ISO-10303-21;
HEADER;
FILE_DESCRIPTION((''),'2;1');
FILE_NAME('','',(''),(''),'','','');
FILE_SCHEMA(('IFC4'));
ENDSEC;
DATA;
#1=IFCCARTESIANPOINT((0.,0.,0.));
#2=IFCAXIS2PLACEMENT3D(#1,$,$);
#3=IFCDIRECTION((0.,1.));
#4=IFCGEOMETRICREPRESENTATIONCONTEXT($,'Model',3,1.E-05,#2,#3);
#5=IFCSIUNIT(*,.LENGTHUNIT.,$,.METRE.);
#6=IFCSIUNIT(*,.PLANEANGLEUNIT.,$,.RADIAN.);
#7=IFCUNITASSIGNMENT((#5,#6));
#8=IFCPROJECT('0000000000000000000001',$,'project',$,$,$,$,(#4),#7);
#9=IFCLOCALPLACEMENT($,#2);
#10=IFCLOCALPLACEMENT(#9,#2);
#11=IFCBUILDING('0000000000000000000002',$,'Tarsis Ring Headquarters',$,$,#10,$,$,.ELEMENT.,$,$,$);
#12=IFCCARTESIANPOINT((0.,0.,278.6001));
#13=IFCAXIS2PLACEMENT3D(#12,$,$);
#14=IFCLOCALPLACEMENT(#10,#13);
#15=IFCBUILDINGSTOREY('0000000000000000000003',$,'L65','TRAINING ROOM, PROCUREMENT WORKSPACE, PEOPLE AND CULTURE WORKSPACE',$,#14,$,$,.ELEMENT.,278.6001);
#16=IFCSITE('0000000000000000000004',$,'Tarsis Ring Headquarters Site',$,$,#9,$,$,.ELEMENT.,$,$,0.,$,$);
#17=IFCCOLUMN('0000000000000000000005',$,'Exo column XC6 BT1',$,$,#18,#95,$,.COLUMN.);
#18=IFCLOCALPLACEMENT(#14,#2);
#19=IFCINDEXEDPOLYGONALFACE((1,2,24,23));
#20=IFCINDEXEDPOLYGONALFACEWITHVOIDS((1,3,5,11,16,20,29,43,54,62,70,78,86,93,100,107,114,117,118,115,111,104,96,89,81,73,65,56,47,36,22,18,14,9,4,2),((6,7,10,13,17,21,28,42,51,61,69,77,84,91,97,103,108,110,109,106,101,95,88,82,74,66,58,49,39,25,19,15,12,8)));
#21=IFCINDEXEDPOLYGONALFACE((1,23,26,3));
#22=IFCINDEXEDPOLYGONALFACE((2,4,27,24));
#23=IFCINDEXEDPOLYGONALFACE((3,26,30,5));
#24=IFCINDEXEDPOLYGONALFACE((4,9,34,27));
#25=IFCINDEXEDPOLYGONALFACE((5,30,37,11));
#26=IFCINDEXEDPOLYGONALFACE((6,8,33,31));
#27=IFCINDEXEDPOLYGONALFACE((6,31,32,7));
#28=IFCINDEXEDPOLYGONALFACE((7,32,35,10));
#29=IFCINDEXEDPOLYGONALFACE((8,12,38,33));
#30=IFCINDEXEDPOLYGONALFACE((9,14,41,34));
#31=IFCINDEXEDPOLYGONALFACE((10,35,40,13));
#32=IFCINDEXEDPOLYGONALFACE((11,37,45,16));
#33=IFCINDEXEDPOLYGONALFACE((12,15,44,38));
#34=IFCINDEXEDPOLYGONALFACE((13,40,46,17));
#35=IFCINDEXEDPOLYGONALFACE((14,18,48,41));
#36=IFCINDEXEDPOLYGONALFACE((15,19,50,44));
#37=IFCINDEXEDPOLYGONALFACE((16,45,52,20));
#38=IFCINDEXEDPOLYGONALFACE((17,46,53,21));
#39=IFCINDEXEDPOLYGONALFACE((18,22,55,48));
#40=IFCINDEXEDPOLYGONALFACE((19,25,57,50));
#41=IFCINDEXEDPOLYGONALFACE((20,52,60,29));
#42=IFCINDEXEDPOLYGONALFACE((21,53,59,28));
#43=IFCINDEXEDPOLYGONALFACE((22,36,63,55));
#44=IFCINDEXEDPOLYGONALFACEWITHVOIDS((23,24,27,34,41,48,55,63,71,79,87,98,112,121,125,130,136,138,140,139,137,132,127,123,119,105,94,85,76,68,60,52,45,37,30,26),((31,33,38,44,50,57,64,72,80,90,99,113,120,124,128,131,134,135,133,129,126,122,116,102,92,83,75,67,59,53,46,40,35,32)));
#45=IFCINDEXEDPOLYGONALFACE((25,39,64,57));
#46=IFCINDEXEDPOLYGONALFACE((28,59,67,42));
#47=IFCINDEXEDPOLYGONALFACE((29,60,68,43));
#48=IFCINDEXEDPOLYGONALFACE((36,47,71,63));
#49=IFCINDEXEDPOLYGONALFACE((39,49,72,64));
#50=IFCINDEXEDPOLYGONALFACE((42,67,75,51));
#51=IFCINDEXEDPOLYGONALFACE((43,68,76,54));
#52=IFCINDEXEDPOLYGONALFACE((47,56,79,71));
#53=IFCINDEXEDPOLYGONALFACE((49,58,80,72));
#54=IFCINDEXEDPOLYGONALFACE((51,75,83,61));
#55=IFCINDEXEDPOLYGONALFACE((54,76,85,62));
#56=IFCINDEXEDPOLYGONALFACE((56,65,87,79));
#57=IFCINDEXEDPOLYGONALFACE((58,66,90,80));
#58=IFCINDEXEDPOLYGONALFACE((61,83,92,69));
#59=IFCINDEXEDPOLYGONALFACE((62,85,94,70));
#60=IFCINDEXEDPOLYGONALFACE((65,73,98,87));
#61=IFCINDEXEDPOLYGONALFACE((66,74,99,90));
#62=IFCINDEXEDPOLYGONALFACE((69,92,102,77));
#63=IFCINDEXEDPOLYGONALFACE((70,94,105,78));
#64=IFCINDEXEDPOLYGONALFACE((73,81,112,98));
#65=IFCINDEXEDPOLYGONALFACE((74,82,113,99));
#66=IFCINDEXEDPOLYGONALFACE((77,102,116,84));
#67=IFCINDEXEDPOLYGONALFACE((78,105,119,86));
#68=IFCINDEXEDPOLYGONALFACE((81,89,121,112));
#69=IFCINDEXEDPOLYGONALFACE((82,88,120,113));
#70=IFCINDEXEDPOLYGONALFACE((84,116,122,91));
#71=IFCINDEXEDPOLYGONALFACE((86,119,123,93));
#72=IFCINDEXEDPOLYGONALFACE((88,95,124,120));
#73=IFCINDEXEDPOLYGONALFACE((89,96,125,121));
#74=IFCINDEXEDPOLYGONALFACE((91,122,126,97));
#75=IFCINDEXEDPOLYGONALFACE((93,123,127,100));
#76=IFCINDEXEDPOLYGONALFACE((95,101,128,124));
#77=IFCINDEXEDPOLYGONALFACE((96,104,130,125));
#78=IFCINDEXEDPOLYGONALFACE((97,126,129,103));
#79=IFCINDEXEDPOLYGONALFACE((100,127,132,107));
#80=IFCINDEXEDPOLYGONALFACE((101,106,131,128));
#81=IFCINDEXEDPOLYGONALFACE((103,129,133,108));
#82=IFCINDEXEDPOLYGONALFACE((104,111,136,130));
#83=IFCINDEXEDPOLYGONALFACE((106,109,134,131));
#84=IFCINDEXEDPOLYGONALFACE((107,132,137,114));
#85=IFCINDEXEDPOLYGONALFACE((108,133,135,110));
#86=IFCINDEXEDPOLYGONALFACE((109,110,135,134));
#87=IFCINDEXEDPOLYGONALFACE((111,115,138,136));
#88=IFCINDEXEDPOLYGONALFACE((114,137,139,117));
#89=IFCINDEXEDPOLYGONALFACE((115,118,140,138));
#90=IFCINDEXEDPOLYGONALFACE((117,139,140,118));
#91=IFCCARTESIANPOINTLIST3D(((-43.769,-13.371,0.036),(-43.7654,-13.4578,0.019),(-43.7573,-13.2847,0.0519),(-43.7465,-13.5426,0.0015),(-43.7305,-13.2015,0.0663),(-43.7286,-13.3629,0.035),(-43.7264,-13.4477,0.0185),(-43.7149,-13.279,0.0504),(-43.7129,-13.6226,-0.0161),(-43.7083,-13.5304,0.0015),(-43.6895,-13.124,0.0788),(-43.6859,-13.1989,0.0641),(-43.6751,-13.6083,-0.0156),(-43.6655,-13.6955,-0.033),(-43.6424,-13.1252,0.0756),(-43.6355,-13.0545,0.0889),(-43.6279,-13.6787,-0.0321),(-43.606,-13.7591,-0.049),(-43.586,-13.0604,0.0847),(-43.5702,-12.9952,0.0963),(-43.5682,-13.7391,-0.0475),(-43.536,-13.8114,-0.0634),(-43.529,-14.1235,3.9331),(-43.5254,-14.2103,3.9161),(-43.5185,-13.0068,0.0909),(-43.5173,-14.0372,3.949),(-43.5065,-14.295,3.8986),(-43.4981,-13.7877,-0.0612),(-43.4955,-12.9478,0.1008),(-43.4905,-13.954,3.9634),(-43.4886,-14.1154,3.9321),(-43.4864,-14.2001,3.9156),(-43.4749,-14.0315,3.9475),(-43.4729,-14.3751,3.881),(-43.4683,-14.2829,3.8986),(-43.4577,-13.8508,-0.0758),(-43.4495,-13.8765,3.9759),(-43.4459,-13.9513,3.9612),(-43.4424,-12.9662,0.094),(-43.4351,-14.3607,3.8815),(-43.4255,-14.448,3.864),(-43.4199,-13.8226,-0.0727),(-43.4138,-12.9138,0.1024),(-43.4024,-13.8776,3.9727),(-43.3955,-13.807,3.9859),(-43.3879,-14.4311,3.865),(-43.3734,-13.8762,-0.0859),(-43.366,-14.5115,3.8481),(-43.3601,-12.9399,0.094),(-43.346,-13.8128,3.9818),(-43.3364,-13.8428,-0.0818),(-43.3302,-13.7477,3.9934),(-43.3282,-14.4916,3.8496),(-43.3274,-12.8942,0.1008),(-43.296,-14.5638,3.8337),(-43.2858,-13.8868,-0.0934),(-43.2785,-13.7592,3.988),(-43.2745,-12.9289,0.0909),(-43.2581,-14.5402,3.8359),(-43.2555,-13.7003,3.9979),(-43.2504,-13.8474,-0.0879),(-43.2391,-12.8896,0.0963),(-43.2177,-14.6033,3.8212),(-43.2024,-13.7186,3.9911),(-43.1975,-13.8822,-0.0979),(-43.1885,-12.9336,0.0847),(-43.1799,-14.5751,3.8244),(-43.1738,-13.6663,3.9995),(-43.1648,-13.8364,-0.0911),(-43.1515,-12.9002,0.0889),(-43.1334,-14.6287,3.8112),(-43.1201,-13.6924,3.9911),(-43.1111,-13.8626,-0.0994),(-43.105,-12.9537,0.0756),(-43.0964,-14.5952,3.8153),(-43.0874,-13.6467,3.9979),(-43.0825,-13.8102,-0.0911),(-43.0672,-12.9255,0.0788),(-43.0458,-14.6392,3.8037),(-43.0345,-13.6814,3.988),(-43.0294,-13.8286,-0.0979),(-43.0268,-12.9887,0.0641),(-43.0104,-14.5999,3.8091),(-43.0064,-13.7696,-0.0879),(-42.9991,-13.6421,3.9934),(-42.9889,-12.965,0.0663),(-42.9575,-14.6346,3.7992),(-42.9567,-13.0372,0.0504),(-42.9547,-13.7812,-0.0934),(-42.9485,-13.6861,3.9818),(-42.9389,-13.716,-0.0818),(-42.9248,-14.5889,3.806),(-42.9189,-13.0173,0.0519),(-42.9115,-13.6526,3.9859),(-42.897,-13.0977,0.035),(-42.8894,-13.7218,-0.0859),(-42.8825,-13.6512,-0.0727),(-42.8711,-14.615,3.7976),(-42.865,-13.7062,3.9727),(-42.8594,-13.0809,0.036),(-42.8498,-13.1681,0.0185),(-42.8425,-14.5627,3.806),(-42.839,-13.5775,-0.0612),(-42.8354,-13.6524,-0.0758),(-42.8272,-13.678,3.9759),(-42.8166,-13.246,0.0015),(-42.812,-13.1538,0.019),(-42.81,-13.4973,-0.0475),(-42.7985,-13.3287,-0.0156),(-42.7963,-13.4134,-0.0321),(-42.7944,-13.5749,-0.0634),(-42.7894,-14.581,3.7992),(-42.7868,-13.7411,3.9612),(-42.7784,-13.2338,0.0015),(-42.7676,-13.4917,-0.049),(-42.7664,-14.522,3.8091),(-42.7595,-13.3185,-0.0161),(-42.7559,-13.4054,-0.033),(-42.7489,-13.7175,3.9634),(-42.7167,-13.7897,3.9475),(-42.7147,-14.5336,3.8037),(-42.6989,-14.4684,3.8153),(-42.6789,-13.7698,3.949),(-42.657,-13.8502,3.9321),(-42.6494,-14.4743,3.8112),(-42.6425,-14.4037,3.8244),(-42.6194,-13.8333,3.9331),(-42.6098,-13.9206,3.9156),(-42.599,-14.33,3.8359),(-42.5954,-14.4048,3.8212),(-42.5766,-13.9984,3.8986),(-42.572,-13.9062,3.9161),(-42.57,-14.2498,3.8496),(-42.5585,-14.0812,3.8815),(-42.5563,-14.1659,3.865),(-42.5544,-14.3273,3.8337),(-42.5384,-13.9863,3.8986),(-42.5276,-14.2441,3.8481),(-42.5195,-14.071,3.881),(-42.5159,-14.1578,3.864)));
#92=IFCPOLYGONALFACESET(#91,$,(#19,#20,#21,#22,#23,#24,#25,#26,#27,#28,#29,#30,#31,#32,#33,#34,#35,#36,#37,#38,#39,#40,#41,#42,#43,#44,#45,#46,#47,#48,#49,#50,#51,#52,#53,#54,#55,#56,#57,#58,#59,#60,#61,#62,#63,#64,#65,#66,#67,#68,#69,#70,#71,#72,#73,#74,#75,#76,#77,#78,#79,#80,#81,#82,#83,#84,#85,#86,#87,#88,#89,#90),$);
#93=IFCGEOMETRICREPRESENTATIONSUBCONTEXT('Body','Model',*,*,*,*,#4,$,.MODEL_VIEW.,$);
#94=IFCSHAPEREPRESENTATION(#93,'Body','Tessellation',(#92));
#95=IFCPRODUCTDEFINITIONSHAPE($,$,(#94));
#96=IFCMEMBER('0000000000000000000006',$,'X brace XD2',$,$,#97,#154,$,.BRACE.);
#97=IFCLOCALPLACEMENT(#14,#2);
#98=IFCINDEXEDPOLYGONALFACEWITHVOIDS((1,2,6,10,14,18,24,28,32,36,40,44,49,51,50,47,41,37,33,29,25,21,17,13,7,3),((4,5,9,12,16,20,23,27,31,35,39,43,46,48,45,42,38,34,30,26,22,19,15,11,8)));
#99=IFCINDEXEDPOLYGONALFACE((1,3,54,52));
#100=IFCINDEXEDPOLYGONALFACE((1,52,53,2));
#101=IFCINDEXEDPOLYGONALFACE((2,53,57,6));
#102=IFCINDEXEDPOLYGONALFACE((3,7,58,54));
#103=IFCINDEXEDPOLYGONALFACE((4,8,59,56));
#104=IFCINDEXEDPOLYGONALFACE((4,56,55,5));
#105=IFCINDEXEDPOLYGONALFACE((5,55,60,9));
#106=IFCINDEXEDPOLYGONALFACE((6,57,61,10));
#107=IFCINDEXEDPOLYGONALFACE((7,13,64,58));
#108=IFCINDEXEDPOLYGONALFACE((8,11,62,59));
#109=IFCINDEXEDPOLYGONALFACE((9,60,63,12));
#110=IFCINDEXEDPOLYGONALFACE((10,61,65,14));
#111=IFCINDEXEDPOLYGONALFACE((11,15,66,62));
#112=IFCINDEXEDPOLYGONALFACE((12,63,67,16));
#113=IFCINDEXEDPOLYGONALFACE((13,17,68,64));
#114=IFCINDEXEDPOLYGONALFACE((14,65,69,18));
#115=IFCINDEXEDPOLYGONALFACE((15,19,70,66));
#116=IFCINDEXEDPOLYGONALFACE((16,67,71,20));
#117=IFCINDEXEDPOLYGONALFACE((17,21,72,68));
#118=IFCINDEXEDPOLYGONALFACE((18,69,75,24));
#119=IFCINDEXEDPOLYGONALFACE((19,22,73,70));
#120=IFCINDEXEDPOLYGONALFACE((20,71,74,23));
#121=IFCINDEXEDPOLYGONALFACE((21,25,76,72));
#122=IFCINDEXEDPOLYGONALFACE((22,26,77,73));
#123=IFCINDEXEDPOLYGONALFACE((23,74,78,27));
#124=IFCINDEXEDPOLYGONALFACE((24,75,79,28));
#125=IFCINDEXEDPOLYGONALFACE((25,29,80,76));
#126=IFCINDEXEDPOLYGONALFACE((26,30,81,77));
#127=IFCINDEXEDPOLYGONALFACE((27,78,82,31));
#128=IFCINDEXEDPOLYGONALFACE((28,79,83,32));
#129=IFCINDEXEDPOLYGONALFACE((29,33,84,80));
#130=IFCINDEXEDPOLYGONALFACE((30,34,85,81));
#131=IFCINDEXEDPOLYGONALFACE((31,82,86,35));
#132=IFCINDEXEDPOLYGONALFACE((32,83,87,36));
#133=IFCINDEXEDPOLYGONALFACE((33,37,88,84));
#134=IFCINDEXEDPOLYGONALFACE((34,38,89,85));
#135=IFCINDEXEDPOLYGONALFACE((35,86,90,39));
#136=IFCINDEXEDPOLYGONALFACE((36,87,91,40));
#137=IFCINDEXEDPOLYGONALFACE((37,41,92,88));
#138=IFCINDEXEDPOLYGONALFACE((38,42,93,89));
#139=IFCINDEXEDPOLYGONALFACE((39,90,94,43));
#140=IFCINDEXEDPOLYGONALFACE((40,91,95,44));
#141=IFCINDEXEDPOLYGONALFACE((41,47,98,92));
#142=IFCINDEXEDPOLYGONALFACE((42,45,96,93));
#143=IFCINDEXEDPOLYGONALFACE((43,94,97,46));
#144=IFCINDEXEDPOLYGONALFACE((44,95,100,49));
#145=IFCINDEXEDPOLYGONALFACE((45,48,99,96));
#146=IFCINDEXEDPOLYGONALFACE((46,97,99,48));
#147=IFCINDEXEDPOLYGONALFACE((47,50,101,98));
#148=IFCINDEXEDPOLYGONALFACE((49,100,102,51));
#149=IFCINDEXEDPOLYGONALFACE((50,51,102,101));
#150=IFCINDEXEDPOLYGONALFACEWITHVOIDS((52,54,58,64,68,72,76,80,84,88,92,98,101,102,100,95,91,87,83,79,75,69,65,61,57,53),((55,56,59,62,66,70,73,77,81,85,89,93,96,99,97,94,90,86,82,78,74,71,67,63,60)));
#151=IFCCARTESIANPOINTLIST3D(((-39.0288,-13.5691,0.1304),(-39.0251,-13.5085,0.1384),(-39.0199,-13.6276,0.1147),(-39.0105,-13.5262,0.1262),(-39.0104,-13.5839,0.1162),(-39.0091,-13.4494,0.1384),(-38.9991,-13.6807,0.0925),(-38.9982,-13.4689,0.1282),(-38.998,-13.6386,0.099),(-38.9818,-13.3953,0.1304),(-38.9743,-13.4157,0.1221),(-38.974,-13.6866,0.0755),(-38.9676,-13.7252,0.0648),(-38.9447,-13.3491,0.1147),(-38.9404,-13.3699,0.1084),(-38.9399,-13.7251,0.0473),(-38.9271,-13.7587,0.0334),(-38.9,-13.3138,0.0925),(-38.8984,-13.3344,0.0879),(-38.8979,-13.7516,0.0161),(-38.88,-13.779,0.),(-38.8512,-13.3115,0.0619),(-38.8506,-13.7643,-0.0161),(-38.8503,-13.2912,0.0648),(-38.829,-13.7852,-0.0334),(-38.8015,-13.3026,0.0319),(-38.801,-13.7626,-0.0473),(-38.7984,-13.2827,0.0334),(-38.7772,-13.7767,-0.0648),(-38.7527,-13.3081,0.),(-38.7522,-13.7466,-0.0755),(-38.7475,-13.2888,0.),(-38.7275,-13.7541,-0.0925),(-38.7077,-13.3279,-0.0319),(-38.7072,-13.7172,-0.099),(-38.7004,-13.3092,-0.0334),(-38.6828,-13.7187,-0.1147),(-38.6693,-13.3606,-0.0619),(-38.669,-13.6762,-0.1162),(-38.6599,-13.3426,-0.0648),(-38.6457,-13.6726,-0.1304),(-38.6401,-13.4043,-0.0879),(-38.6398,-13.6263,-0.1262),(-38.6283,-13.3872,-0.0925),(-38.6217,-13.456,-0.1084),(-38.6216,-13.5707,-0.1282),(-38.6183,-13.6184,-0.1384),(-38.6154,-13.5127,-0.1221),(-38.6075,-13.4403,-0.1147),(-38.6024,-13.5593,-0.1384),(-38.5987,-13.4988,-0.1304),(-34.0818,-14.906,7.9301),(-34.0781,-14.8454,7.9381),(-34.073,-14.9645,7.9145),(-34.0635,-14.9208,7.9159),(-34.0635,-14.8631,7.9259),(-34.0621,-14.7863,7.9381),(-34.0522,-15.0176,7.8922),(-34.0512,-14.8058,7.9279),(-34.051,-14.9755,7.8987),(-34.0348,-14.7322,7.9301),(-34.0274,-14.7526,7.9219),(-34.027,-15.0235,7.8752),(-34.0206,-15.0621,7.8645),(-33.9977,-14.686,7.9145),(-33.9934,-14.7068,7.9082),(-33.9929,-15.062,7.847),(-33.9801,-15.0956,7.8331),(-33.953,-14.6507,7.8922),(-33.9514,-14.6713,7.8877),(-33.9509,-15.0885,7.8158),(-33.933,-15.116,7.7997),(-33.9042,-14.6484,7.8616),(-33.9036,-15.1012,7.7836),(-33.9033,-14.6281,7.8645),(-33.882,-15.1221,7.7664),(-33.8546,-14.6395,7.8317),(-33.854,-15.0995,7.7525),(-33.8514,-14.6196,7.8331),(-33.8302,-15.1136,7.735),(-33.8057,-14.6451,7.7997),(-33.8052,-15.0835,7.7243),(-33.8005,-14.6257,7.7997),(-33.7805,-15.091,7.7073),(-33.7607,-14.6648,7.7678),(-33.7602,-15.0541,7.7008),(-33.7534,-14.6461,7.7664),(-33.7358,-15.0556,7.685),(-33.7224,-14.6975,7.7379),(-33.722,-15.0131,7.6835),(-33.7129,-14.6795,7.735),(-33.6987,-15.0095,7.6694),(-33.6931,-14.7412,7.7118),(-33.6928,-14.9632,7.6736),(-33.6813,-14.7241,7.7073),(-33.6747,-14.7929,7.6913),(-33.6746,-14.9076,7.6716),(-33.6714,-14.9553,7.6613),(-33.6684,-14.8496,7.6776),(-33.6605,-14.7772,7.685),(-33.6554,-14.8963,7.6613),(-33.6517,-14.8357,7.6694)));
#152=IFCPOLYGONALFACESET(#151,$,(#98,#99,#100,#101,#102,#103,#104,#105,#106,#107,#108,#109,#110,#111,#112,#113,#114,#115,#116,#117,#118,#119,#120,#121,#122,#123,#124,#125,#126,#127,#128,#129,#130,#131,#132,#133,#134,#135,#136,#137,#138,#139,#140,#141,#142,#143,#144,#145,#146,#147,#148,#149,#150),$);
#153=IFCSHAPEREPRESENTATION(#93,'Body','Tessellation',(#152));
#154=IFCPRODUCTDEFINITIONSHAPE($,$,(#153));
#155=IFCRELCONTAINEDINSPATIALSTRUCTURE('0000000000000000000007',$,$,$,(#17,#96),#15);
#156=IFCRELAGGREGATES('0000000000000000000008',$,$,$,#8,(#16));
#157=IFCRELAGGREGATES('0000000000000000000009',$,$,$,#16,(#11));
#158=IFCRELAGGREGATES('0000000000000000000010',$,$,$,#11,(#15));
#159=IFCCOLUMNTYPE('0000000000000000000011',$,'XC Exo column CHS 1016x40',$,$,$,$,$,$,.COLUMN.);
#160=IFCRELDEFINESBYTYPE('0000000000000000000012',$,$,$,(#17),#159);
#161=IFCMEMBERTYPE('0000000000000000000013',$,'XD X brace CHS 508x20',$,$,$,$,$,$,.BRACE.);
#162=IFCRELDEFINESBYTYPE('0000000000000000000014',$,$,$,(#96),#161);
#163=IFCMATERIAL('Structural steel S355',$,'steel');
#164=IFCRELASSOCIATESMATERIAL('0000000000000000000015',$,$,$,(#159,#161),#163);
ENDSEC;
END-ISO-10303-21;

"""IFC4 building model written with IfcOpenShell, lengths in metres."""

from ifc_helpers import new_model, si_unit, direction, frame, origin, origin_2d, place, context, subcontext, project, spatial, hollow_circle, extrude, material, material_profile, profile_set, type_object, element, save


model = new_model("IFC4")

# Units and contexts
model_context = context("Model", 3, precision=1e-05, world=origin(), true_north=direction((0.0, 1.0)))
body_context = subcontext(model_context, "Body", "Model", "MODEL_VIEW")
ifc_project = project(units=[si_unit("LENGTHUNIT", "METRE"), si_unit("PLANEANGLEUNIT", "RADIAN")], contexts=[model_context])

# Site, building, storey
site_placement = place(None, origin())
site = spatial("IfcSite", under=ifc_project, at=site_placement, Name="Tarsis Ring Headquarters Site", CompositionType="ELEMENT", RefElevation=0.0)
building_placement = place(site_placement, origin())
building = spatial("IfcBuilding", under=site, at=building_placement, Name="Tarsis Ring Headquarters", CompositionType="ELEMENT")
storey_placement = place(building_placement, frame((0.0, 0.0, 278.6001)))
storey = spatial("IfcBuildingStorey", under=building, at=storey_placement, Name="L65", Description="TRAINING ROOM, PROCUREMENT WORKSPACE, PEOPLE AND CULTURE WORKSPACE", CompositionType="ELEMENT", Elevation=278.6001)

# Column
ifc_material_1 = material(Name="Structural steel S355", Category="steel")
ifc_material_profile_1 = material_profile(ifc_material_1, hollow_circle(Radius=0.5081, WallThickness=0.04, at=origin_2d()), Name="CHS 1016x40")
ifc_profile_set_1 = profile_set([ifc_material_profile_1], Name="Structural steel S355")
column_type = type_object("IfcColumnType", Name="XC Exo column CHS 1016x40", PredefinedType="COLUMN", material=ifc_profile_set_1)
column_placement = place(storey_placement, frame((-43.2625, -13.3882, 0.0015), z_axis=(0.060357, -0.189236, 0.980075), x_axis=(0.952714, 0.303867, 0.0)))
element("IfcColumn", 1, at=column_placement, inside=storey, type_object=column_type, Name="Exo column XC6 BT1", PredefinedType="COLUMN", context=body_context, shape_type="SweptSolid", body=[
    extrude(hollow_circle(Radius=0.5081, WallThickness=0.04, at=origin_2d()), origin(), (0.0, 0.0, 1.0), 3.9763),
])

# Member
ifc_material_profile_2 = material_profile(ifc_material_1, hollow_circle(Radius=0.2539, WallThickness=0.02, at=origin_2d()), Name="CHS 508x20")
ifc_profile_set_2 = profile_set([ifc_material_profile_2], Name="Structural steel S355")
member_type = type_object("IfcMemberType", Name="XD X brace CHS 508x20", PredefinedType="BRACE", material=ifc_profile_set_2)
member_1_placement = place(storey_placement, frame((-38.8137, -13.5339, 0.0), z_axis=(0.53008, -0.143252, 0.83576), x_axis=(0.260887, 0.965369, 0.0)))
element("IfcMember", 2, at=member_1_placement, inside=storey, type_object=member_type, Name="X brace XD2", PredefinedType="BRACE", context=body_context, shape_type="SweptSolid", body=[
    extrude(hollow_circle(Radius=0.2539, WallThickness=0.02, at=origin_2d()), origin(), (0.0, 0.0, 1.0), 9.3325),
])

save(model, "model.ifc")
